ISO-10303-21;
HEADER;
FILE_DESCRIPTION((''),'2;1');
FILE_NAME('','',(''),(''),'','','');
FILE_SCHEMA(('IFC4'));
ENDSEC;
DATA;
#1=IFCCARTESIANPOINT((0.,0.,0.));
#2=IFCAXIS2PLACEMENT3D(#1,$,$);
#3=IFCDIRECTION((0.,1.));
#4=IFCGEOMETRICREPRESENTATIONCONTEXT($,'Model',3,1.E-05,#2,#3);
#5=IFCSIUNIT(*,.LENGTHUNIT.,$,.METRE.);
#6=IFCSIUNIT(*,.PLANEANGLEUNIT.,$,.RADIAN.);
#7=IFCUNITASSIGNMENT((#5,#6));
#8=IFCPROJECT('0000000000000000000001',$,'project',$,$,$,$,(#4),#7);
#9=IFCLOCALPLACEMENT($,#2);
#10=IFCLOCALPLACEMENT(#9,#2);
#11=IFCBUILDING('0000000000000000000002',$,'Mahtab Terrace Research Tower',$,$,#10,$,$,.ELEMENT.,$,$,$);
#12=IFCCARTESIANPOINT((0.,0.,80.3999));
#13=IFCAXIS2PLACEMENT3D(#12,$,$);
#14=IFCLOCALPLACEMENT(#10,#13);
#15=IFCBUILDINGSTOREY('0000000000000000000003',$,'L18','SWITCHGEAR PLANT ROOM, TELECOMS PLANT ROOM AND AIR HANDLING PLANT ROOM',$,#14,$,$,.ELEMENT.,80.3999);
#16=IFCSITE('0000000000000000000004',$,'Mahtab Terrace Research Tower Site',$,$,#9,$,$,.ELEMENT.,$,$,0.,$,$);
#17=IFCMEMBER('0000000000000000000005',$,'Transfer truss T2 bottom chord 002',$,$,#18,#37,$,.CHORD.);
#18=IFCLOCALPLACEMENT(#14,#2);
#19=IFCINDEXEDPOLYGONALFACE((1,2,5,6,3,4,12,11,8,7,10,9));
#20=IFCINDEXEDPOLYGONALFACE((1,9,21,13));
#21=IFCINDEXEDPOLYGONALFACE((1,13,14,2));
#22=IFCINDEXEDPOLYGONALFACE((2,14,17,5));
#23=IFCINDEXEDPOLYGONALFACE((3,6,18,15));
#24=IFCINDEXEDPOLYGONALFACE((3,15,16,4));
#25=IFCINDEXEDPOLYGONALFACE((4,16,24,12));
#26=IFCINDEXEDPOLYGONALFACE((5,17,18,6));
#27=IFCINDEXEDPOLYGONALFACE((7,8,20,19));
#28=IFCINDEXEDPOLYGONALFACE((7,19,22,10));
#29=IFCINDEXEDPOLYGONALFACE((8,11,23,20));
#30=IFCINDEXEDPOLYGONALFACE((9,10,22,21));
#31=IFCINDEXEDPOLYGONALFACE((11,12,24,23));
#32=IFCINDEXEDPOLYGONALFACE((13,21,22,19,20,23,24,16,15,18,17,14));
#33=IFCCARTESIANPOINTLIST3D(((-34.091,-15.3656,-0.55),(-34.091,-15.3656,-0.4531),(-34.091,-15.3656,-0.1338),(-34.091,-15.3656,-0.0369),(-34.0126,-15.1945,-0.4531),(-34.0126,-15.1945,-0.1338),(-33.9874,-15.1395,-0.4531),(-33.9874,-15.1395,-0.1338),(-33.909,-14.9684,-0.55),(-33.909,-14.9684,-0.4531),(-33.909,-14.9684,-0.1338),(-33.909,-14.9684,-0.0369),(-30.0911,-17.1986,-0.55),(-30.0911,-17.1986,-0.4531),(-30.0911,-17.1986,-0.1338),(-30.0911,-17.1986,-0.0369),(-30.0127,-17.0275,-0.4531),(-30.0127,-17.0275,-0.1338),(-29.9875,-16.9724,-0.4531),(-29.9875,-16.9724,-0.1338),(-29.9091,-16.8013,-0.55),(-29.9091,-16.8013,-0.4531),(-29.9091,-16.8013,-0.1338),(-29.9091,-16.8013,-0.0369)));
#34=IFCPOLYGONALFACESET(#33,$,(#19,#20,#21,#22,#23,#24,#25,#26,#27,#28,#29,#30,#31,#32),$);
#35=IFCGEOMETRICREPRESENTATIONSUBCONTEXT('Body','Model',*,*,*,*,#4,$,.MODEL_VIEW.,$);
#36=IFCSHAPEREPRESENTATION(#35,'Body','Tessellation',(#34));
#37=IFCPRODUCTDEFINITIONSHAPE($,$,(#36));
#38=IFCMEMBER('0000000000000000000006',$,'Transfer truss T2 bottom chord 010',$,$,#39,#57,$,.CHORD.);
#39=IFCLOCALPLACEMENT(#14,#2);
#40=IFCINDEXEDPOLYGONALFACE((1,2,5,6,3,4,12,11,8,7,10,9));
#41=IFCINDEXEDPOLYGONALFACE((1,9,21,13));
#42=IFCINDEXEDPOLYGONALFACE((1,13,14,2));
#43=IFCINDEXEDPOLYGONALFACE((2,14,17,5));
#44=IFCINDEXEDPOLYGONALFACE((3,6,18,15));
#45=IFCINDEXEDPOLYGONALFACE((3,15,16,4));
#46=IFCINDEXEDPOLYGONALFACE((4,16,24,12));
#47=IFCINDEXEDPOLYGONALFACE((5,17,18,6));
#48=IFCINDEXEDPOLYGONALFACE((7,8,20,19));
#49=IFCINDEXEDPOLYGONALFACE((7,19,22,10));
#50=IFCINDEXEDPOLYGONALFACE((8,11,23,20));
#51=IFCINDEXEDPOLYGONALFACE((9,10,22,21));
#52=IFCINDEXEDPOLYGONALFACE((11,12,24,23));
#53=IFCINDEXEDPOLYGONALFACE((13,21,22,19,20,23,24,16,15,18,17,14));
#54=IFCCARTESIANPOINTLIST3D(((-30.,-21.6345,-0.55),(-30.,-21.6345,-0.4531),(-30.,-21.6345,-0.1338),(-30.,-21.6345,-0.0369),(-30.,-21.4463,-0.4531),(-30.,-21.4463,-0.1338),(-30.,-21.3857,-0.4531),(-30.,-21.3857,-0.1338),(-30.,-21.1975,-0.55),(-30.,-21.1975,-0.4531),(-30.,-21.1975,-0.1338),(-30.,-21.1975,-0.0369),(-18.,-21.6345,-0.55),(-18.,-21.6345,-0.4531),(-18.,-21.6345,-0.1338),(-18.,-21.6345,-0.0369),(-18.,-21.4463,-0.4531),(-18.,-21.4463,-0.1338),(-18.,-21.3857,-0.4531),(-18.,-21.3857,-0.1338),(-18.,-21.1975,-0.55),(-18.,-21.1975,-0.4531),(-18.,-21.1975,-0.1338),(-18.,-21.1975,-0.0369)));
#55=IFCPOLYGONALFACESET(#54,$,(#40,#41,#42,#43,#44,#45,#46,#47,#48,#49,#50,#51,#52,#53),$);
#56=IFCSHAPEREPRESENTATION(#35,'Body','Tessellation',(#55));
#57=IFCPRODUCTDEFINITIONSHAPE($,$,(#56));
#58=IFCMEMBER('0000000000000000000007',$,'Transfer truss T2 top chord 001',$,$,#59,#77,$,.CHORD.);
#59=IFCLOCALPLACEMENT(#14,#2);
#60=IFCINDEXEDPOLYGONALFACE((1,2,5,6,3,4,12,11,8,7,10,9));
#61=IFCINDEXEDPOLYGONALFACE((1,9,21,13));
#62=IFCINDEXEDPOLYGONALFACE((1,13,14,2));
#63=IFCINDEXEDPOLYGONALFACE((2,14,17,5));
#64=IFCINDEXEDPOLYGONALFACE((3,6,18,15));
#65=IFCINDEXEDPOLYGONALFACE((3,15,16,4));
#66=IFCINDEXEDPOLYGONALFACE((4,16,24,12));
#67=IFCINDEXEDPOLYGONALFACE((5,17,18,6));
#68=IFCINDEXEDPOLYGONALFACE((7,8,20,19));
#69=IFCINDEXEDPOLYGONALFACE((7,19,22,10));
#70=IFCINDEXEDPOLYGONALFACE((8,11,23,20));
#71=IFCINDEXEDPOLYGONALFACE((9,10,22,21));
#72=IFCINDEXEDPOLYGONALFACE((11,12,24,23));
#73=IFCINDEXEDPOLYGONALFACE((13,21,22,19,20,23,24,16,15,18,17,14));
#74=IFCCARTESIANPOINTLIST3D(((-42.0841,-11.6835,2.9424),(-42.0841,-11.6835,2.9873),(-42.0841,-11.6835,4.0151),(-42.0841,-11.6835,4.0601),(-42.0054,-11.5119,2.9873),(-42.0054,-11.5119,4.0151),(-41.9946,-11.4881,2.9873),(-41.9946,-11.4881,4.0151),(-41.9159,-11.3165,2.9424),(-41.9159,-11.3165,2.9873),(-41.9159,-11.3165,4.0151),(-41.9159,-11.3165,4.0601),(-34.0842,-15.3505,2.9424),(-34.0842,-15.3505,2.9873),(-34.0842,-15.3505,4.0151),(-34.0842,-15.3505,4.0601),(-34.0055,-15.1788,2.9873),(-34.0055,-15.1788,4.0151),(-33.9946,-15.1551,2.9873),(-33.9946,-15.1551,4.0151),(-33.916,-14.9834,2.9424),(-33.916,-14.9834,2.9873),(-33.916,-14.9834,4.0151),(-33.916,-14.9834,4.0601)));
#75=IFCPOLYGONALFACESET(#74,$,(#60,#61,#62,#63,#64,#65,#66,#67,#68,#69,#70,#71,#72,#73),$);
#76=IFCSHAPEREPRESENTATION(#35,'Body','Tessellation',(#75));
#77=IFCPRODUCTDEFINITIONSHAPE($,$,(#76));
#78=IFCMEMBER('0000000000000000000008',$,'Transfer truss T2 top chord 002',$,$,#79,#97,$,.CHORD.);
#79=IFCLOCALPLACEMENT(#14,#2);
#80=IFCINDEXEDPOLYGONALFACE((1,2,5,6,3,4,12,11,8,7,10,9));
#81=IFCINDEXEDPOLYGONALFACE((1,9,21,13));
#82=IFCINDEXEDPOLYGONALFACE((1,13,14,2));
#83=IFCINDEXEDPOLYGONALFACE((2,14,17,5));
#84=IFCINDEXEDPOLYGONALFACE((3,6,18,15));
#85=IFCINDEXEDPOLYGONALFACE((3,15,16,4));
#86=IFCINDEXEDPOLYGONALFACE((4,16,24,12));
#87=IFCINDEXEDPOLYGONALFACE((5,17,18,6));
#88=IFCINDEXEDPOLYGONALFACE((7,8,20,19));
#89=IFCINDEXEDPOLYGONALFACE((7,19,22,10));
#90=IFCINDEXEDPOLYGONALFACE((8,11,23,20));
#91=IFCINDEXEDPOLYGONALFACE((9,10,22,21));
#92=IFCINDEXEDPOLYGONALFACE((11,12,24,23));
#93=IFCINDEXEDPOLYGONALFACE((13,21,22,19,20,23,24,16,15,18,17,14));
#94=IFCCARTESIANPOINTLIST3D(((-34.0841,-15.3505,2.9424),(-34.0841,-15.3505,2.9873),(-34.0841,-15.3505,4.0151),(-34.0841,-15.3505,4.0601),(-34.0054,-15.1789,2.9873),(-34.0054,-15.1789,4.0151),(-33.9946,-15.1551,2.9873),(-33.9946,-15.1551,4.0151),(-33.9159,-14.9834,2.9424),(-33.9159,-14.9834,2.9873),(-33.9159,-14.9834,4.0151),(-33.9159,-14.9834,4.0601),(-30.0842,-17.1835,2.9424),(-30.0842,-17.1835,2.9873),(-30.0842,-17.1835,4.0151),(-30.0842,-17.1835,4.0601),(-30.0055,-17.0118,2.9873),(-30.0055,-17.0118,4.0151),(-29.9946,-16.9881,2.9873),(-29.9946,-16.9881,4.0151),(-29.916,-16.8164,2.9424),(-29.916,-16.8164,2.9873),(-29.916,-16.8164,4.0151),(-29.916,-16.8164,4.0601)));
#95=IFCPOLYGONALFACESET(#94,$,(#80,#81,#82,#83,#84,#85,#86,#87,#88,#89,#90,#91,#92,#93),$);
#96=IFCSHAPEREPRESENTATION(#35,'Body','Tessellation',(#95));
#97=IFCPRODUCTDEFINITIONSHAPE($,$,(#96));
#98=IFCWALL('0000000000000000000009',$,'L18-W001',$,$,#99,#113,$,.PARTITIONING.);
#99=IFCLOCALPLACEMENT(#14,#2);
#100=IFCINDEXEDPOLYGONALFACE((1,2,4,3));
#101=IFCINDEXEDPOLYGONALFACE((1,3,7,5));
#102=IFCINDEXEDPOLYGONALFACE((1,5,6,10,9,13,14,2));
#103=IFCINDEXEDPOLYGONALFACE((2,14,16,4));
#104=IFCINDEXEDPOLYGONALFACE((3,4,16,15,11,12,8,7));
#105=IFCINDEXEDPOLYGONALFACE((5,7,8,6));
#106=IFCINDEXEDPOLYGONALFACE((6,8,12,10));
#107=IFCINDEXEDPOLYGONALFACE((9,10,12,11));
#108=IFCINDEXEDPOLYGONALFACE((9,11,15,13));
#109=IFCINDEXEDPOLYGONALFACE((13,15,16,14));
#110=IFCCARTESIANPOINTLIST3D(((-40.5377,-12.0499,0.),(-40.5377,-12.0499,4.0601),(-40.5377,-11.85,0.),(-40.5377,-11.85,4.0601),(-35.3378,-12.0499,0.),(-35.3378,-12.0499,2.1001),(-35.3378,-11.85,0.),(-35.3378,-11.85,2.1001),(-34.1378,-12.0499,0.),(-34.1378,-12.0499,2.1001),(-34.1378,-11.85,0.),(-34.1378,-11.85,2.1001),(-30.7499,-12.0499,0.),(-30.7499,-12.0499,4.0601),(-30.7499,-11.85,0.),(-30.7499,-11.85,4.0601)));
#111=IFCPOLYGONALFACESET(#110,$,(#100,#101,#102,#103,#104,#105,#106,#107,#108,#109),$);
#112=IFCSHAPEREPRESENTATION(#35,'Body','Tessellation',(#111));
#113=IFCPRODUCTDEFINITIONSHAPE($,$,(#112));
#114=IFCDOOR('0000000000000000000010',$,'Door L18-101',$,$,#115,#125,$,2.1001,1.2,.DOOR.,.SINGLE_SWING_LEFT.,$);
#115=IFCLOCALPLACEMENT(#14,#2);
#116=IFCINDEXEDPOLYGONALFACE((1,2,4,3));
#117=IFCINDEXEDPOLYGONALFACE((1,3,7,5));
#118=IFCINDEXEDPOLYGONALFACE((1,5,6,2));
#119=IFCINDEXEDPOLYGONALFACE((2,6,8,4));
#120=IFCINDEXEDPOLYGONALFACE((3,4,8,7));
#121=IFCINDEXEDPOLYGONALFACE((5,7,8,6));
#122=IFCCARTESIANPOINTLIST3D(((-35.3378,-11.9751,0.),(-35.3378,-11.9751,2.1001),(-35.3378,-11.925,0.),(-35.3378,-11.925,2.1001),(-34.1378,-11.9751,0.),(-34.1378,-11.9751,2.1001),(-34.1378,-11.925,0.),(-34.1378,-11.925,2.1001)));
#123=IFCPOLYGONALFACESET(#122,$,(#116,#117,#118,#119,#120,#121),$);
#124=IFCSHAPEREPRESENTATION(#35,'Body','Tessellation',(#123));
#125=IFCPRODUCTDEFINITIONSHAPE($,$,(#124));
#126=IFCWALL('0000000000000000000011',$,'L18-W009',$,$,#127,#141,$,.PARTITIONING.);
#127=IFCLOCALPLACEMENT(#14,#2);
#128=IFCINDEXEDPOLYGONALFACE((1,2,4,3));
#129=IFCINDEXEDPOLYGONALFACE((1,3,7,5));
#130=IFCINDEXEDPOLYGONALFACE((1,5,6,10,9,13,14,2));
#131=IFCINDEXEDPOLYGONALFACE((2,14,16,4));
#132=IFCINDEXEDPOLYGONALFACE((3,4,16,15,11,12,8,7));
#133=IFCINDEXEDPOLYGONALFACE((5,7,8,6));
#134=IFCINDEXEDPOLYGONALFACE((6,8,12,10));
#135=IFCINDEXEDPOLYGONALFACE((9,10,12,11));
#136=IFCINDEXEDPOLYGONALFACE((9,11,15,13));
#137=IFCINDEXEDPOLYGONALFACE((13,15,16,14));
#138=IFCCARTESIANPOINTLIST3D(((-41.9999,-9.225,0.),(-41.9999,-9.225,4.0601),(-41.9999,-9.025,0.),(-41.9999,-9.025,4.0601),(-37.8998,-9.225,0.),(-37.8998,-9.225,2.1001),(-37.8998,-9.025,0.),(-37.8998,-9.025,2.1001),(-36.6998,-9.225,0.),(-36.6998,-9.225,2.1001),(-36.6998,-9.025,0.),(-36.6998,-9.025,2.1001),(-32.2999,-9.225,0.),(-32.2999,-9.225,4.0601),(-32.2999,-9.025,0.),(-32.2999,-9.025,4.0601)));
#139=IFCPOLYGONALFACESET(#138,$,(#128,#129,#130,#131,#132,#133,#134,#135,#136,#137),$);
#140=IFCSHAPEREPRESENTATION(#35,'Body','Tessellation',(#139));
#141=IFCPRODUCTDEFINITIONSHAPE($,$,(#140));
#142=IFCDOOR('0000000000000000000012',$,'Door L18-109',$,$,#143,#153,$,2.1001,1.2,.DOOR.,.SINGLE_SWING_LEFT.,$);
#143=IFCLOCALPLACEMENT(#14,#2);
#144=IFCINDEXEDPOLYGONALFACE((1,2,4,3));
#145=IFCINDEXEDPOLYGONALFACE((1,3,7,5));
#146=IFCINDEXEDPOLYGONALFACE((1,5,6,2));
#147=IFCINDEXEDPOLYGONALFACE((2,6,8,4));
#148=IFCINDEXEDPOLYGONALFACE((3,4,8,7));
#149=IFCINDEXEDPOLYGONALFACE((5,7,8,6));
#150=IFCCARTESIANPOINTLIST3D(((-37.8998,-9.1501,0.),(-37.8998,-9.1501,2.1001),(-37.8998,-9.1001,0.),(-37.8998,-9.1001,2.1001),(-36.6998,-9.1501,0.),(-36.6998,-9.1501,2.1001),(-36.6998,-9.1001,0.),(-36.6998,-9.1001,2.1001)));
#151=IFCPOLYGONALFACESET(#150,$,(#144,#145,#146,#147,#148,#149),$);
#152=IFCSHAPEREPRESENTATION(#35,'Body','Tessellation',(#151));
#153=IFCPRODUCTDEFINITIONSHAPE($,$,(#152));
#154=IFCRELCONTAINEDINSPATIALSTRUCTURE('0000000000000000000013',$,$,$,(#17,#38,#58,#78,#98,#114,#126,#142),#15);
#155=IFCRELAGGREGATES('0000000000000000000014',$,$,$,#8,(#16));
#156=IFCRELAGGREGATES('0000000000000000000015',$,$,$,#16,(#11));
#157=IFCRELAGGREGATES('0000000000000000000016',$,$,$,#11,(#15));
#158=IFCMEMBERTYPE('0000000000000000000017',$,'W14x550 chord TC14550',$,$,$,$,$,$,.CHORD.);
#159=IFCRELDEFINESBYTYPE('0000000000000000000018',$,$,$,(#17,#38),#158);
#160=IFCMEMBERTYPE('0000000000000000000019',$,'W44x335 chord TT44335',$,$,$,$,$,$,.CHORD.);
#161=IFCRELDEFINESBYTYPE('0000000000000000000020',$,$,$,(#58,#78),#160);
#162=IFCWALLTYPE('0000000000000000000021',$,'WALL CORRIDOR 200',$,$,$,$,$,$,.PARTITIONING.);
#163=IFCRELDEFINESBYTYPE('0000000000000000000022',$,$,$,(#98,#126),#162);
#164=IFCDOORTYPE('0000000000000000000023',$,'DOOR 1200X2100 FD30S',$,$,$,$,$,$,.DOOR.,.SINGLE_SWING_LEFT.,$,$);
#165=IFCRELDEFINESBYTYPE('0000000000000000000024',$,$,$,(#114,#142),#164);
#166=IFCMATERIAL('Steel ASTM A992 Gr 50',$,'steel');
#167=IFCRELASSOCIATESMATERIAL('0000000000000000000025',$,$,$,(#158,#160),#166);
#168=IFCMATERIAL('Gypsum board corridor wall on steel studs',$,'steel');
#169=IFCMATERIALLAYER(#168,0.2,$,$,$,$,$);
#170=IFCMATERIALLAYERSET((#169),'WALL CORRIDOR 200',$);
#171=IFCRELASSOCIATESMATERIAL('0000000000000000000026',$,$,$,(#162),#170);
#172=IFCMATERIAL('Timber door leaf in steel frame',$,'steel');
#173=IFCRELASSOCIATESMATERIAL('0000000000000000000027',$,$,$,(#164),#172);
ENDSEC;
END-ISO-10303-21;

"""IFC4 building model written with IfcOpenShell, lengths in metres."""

from ifc_helpers import new_model, si_unit, direction, frame, frame_2d, origin, origin_2d, place, context, subcontext, project, spatial, rectangle, i_section, extrude, material, layer, layer_set, material_profile, profile_set, type_object, element, fill, save


model = new_model("IFC4")

# Units and contexts
model_context = context("Model", 3, precision=1e-05, world=origin(), true_north=direction((0.0, 1.0)))
body_context = subcontext(model_context, "Body", "Model", "MODEL_VIEW")
ifc_project = project(units=[si_unit("LENGTHUNIT", "METRE"), si_unit("PLANEANGLEUNIT", "RADIAN")], contexts=[model_context])

# Site, building, storey
site_placement = place(None, origin())
site = spatial("IfcSite", under=ifc_project, at=site_placement, Name="Mahtab Terrace Research Tower Site", CompositionType="ELEMENT", RefElevation=0.0)
building_placement = place(site_placement, origin())
building = spatial("IfcBuilding", under=site, at=building_placement, Name="Mahtab Terrace Research Tower", CompositionType="ELEMENT")
storey_placement = place(building_placement, frame((0.0, 0.0, 80.3999)))
storey = spatial("IfcBuildingStorey", under=building, at=storey_placement, Name="L18", Description="SWITCHGEAR PLANT ROOM, TELECOMS PLANT ROOM AND AIR HANDLING PLANT ROOM", CompositionType="ELEMENT", Elevation=80.3999)

# Members
ifc_material_1 = material(Name="Steel ASTM A992 Gr 50", Category="steel")
ifc_material_profile_1 = material_profile(ifc_material_1, i_section(OverallWidth=0.437, OverallDepth=0.5132, WebThickness=0.0605, FlangeThickness=0.0969, at=origin_2d()), Name="W14X550")
ifc_profile_set_1 = profile_set([ifc_material_profile_1], Name="Steel ASTM A992 Gr 50")
member_type_1 = type_object("IfcMemberType", Name="W14x550 chord TC14550", PredefinedType="CHORD", material=ifc_profile_set_1)
member_1_placement = place(storey_placement, frame((-34.0, -15.167, -0.2935), z_axis=(0.909093, -0.416594, 0.0), x_axis=(0.416594, 0.909093, 0.0)))
element("IfcMember", 1, at=member_1_placement, inside=storey, type_object=member_type_1, Name="Transfer truss T2 bottom chord 002", PredefinedType="CHORD", context=body_context, shape_type="SweptSolid", body=[
    extrude(i_section(OverallWidth=0.437, OverallDepth=0.5132, WebThickness=0.0605, FlangeThickness=0.0969, at=origin_2d()), origin(), (0.0, 0.0, 1.0), 4.3999),
])
member_2_placement = place(storey_placement, frame((-30.0, -21.416, -0.2935), z_axis=(1.0, 0.0, 0.0), x_axis=(0.0, 1.0, 0.0)))
element("IfcMember", 2, at=member_2_placement, inside=storey, type_object=member_type_1, Name="Transfer truss T2 bottom chord 010", PredefinedType="CHORD", context=body_context, shape_type="SweptSolid", body=[
    extrude(i_section(OverallWidth=0.437, OverallDepth=0.5132, WebThickness=0.0605, FlangeThickness=0.0969, at=origin_2d()), origin(), (0.0, 0.0, 1.0), 12.0),
])
ifc_material_profile_2 = material_profile(ifc_material_1, i_section(OverallWidth=0.4038, OverallDepth=1.1177, WebThickness=0.0261, FlangeThickness=0.0449, at=origin_2d()), Name="W44X335")
ifc_profile_set_2 = profile_set([ifc_material_profile_2], Name="Steel ASTM A992 Gr 50")
member_type_2 = type_object("IfcMemberType", Name="W44x335 chord TT44335", PredefinedType="CHORD", material=ifc_profile_set_2)
member_3_placement = place(storey_placement, frame((-42.0, -11.5, 3.5012), z_axis=(0.909051, -0.416685, 0.0), x_axis=(0.416685, 0.909051, 0.0)))
element("IfcMember", 3, at=member_3_placement, inside=storey, type_object=member_type_2, Name="Transfer truss T2 top chord 001", PredefinedType="CHORD", context=body_context, shape_type="SweptSolid", body=[
    extrude(i_section(OverallWidth=0.4038, OverallDepth=1.1177, WebThickness=0.0261, FlangeThickness=0.0449, at=origin_2d()), origin(), (0.0, 0.0, 1.0), 8.8003),
])
member_4_placement = place(storey_placement, frame((-34.0, -15.167, 3.5012), z_axis=(0.909093, -0.416594, 0.0), x_axis=(0.416594, 0.909093, 0.0)))
element("IfcMember", 4, at=member_4_placement, inside=storey, type_object=member_type_2, Name="Transfer truss T2 top chord 002", PredefinedType="CHORD", context=body_context, shape_type="SweptSolid", body=[
    extrude(i_section(OverallWidth=0.4038, OverallDepth=1.1177, WebThickness=0.0261, FlangeThickness=0.0449, at=origin_2d()), origin(), (0.0, 0.0, 1.0), 4.3999),
])

# Walls, openings, doors
ifc_material_2 = material(Name="Gypsum board corridor wall on steel studs", Category="steel")
ifc_layer_1 = layer(ifc_material_2, 0.2)
ifc_layer_set_1 = layer_set([ifc_layer_1], Name="WALL CORRIDOR 200")
wall_type = type_object("IfcWallType", Name="WALL CORRIDOR 200", PredefinedType="PARTITIONING", material=ifc_layer_set_1)
wall_1_placement = place(storey_placement, frame((-40.5378, -11.95, 0.0), z_axis=(0.0, 0.0, 1.0), x_axis=(1.0, 0.0, 0.0)))
wall_1 = element("IfcWall", 5, at=wall_1_placement, inside=storey, type_object=wall_type, Name="L18-W001", PredefinedType="PARTITIONING", context=body_context, shape_type="SweptSolid", body=[
    extrude(rectangle(XDim=9.7878, YDim=0.2, at=frame_2d((4.894, 0.0))), origin(), (0.0, 0.0, 1.0), 4.0601),
])
opening_1_placement = place(wall_1_placement, frame((5.2, 0.0, 0.0)))
opening_1 = element("IfcOpeningElement", 6, at=opening_1_placement, cuts=wall_1, PredefinedType="OPENING", context=body_context, shape_type="SweptSolid", body=[
    extrude(rectangle(XDim=1.2, YDim=2.1001, at=frame_2d((0.6001, 1.05))), frame((0.0, 0.1099, 0.0), z_axis=(0.0, -1.0, 0.0), x_axis=(1.0, 0.0, 0.0)), (0.0, 0.0, 1.0), 0.22),
])
ifc_material_3 = material(Name="Timber door leaf in steel frame", Category="steel")
door_type_1 = type_object("IfcDoorType", Name="DOOR 1200X2100 FD30S", OperationType="SINGLE_SWING_LEFT", PredefinedType="DOOR", material=ifc_material_3)
door_1_placement = place(opening_1_placement, origin())
door_1 = element("IfcDoor", 7, at=door_1_placement, inside=storey, type_object=door_type_1, Name="Door L18-101", OperationType="SINGLE_SWING_LEFT", OverallHeight=2.1001, OverallWidth=1.2, PredefinedType="DOOR", context=body_context, shape_type="SweptSolid", body=[
    extrude(rectangle(XDim=1.2, YDim=2.1001, at=frame_2d((0.6001, 1.05))), frame((0.0, 0.0249, 0.0), z_axis=(0.0, -1.0, 0.0), x_axis=(1.0, 0.0, 0.0)), (0.0, 0.0, 1.0), 0.05),
])
fill(opening_1, door_1)
wall_2_placement = place(storey_placement, frame((-42.0, -9.125, 0.0), z_axis=(0.0, 0.0, 1.0), x_axis=(1.0, 0.0, 0.0)))
wall_2 = element("IfcWall", 8, at=wall_2_placement, inside=storey, type_object=wall_type, Name="L18-W009", PredefinedType="PARTITIONING", context=body_context, shape_type="SweptSolid", body=[
    extrude(rectangle(XDim=9.7, YDim=0.2, at=frame_2d((4.8501, 0.0))), origin(), (0.0, 0.0, 1.0), 4.0601),
])
opening_2_placement = place(wall_2_placement, frame((4.1001, 0.0, 0.0)))
opening_2 = element("IfcOpeningElement", 9, at=opening_2_placement, cuts=wall_2, PredefinedType="OPENING", context=body_context, shape_type="SweptSolid", body=[
    extrude(rectangle(XDim=1.2, YDim=2.1001, at=frame_2d((0.6001, 1.05))), frame((0.0, 0.1099, 0.0), z_axis=(0.0, -1.0, 0.0), x_axis=(1.0, 0.0, 0.0)), (0.0, 0.0, 1.0), 0.22),
])
door_2_placement = place(opening_2_placement, origin())
door_2 = element("IfcDoor", 10, at=door_2_placement, inside=storey, type_object=door_type_1, Name="Door L18-109", OperationType="SINGLE_SWING_LEFT", OverallHeight=2.1001, OverallWidth=1.2, PredefinedType="DOOR", context=body_context, shape_type="SweptSolid", body=[
    extrude(rectangle(XDim=1.2, YDim=2.1001, at=frame_2d((0.6001, 1.05))), frame((0.0, 0.0249, 0.0), z_axis=(0.0, -1.0, 0.0), x_axis=(1.0, 0.0, 0.0)), (0.0, 0.0, 1.0), 0.05),
])
fill(opening_2, door_2)

save(model, "model.ifc")
